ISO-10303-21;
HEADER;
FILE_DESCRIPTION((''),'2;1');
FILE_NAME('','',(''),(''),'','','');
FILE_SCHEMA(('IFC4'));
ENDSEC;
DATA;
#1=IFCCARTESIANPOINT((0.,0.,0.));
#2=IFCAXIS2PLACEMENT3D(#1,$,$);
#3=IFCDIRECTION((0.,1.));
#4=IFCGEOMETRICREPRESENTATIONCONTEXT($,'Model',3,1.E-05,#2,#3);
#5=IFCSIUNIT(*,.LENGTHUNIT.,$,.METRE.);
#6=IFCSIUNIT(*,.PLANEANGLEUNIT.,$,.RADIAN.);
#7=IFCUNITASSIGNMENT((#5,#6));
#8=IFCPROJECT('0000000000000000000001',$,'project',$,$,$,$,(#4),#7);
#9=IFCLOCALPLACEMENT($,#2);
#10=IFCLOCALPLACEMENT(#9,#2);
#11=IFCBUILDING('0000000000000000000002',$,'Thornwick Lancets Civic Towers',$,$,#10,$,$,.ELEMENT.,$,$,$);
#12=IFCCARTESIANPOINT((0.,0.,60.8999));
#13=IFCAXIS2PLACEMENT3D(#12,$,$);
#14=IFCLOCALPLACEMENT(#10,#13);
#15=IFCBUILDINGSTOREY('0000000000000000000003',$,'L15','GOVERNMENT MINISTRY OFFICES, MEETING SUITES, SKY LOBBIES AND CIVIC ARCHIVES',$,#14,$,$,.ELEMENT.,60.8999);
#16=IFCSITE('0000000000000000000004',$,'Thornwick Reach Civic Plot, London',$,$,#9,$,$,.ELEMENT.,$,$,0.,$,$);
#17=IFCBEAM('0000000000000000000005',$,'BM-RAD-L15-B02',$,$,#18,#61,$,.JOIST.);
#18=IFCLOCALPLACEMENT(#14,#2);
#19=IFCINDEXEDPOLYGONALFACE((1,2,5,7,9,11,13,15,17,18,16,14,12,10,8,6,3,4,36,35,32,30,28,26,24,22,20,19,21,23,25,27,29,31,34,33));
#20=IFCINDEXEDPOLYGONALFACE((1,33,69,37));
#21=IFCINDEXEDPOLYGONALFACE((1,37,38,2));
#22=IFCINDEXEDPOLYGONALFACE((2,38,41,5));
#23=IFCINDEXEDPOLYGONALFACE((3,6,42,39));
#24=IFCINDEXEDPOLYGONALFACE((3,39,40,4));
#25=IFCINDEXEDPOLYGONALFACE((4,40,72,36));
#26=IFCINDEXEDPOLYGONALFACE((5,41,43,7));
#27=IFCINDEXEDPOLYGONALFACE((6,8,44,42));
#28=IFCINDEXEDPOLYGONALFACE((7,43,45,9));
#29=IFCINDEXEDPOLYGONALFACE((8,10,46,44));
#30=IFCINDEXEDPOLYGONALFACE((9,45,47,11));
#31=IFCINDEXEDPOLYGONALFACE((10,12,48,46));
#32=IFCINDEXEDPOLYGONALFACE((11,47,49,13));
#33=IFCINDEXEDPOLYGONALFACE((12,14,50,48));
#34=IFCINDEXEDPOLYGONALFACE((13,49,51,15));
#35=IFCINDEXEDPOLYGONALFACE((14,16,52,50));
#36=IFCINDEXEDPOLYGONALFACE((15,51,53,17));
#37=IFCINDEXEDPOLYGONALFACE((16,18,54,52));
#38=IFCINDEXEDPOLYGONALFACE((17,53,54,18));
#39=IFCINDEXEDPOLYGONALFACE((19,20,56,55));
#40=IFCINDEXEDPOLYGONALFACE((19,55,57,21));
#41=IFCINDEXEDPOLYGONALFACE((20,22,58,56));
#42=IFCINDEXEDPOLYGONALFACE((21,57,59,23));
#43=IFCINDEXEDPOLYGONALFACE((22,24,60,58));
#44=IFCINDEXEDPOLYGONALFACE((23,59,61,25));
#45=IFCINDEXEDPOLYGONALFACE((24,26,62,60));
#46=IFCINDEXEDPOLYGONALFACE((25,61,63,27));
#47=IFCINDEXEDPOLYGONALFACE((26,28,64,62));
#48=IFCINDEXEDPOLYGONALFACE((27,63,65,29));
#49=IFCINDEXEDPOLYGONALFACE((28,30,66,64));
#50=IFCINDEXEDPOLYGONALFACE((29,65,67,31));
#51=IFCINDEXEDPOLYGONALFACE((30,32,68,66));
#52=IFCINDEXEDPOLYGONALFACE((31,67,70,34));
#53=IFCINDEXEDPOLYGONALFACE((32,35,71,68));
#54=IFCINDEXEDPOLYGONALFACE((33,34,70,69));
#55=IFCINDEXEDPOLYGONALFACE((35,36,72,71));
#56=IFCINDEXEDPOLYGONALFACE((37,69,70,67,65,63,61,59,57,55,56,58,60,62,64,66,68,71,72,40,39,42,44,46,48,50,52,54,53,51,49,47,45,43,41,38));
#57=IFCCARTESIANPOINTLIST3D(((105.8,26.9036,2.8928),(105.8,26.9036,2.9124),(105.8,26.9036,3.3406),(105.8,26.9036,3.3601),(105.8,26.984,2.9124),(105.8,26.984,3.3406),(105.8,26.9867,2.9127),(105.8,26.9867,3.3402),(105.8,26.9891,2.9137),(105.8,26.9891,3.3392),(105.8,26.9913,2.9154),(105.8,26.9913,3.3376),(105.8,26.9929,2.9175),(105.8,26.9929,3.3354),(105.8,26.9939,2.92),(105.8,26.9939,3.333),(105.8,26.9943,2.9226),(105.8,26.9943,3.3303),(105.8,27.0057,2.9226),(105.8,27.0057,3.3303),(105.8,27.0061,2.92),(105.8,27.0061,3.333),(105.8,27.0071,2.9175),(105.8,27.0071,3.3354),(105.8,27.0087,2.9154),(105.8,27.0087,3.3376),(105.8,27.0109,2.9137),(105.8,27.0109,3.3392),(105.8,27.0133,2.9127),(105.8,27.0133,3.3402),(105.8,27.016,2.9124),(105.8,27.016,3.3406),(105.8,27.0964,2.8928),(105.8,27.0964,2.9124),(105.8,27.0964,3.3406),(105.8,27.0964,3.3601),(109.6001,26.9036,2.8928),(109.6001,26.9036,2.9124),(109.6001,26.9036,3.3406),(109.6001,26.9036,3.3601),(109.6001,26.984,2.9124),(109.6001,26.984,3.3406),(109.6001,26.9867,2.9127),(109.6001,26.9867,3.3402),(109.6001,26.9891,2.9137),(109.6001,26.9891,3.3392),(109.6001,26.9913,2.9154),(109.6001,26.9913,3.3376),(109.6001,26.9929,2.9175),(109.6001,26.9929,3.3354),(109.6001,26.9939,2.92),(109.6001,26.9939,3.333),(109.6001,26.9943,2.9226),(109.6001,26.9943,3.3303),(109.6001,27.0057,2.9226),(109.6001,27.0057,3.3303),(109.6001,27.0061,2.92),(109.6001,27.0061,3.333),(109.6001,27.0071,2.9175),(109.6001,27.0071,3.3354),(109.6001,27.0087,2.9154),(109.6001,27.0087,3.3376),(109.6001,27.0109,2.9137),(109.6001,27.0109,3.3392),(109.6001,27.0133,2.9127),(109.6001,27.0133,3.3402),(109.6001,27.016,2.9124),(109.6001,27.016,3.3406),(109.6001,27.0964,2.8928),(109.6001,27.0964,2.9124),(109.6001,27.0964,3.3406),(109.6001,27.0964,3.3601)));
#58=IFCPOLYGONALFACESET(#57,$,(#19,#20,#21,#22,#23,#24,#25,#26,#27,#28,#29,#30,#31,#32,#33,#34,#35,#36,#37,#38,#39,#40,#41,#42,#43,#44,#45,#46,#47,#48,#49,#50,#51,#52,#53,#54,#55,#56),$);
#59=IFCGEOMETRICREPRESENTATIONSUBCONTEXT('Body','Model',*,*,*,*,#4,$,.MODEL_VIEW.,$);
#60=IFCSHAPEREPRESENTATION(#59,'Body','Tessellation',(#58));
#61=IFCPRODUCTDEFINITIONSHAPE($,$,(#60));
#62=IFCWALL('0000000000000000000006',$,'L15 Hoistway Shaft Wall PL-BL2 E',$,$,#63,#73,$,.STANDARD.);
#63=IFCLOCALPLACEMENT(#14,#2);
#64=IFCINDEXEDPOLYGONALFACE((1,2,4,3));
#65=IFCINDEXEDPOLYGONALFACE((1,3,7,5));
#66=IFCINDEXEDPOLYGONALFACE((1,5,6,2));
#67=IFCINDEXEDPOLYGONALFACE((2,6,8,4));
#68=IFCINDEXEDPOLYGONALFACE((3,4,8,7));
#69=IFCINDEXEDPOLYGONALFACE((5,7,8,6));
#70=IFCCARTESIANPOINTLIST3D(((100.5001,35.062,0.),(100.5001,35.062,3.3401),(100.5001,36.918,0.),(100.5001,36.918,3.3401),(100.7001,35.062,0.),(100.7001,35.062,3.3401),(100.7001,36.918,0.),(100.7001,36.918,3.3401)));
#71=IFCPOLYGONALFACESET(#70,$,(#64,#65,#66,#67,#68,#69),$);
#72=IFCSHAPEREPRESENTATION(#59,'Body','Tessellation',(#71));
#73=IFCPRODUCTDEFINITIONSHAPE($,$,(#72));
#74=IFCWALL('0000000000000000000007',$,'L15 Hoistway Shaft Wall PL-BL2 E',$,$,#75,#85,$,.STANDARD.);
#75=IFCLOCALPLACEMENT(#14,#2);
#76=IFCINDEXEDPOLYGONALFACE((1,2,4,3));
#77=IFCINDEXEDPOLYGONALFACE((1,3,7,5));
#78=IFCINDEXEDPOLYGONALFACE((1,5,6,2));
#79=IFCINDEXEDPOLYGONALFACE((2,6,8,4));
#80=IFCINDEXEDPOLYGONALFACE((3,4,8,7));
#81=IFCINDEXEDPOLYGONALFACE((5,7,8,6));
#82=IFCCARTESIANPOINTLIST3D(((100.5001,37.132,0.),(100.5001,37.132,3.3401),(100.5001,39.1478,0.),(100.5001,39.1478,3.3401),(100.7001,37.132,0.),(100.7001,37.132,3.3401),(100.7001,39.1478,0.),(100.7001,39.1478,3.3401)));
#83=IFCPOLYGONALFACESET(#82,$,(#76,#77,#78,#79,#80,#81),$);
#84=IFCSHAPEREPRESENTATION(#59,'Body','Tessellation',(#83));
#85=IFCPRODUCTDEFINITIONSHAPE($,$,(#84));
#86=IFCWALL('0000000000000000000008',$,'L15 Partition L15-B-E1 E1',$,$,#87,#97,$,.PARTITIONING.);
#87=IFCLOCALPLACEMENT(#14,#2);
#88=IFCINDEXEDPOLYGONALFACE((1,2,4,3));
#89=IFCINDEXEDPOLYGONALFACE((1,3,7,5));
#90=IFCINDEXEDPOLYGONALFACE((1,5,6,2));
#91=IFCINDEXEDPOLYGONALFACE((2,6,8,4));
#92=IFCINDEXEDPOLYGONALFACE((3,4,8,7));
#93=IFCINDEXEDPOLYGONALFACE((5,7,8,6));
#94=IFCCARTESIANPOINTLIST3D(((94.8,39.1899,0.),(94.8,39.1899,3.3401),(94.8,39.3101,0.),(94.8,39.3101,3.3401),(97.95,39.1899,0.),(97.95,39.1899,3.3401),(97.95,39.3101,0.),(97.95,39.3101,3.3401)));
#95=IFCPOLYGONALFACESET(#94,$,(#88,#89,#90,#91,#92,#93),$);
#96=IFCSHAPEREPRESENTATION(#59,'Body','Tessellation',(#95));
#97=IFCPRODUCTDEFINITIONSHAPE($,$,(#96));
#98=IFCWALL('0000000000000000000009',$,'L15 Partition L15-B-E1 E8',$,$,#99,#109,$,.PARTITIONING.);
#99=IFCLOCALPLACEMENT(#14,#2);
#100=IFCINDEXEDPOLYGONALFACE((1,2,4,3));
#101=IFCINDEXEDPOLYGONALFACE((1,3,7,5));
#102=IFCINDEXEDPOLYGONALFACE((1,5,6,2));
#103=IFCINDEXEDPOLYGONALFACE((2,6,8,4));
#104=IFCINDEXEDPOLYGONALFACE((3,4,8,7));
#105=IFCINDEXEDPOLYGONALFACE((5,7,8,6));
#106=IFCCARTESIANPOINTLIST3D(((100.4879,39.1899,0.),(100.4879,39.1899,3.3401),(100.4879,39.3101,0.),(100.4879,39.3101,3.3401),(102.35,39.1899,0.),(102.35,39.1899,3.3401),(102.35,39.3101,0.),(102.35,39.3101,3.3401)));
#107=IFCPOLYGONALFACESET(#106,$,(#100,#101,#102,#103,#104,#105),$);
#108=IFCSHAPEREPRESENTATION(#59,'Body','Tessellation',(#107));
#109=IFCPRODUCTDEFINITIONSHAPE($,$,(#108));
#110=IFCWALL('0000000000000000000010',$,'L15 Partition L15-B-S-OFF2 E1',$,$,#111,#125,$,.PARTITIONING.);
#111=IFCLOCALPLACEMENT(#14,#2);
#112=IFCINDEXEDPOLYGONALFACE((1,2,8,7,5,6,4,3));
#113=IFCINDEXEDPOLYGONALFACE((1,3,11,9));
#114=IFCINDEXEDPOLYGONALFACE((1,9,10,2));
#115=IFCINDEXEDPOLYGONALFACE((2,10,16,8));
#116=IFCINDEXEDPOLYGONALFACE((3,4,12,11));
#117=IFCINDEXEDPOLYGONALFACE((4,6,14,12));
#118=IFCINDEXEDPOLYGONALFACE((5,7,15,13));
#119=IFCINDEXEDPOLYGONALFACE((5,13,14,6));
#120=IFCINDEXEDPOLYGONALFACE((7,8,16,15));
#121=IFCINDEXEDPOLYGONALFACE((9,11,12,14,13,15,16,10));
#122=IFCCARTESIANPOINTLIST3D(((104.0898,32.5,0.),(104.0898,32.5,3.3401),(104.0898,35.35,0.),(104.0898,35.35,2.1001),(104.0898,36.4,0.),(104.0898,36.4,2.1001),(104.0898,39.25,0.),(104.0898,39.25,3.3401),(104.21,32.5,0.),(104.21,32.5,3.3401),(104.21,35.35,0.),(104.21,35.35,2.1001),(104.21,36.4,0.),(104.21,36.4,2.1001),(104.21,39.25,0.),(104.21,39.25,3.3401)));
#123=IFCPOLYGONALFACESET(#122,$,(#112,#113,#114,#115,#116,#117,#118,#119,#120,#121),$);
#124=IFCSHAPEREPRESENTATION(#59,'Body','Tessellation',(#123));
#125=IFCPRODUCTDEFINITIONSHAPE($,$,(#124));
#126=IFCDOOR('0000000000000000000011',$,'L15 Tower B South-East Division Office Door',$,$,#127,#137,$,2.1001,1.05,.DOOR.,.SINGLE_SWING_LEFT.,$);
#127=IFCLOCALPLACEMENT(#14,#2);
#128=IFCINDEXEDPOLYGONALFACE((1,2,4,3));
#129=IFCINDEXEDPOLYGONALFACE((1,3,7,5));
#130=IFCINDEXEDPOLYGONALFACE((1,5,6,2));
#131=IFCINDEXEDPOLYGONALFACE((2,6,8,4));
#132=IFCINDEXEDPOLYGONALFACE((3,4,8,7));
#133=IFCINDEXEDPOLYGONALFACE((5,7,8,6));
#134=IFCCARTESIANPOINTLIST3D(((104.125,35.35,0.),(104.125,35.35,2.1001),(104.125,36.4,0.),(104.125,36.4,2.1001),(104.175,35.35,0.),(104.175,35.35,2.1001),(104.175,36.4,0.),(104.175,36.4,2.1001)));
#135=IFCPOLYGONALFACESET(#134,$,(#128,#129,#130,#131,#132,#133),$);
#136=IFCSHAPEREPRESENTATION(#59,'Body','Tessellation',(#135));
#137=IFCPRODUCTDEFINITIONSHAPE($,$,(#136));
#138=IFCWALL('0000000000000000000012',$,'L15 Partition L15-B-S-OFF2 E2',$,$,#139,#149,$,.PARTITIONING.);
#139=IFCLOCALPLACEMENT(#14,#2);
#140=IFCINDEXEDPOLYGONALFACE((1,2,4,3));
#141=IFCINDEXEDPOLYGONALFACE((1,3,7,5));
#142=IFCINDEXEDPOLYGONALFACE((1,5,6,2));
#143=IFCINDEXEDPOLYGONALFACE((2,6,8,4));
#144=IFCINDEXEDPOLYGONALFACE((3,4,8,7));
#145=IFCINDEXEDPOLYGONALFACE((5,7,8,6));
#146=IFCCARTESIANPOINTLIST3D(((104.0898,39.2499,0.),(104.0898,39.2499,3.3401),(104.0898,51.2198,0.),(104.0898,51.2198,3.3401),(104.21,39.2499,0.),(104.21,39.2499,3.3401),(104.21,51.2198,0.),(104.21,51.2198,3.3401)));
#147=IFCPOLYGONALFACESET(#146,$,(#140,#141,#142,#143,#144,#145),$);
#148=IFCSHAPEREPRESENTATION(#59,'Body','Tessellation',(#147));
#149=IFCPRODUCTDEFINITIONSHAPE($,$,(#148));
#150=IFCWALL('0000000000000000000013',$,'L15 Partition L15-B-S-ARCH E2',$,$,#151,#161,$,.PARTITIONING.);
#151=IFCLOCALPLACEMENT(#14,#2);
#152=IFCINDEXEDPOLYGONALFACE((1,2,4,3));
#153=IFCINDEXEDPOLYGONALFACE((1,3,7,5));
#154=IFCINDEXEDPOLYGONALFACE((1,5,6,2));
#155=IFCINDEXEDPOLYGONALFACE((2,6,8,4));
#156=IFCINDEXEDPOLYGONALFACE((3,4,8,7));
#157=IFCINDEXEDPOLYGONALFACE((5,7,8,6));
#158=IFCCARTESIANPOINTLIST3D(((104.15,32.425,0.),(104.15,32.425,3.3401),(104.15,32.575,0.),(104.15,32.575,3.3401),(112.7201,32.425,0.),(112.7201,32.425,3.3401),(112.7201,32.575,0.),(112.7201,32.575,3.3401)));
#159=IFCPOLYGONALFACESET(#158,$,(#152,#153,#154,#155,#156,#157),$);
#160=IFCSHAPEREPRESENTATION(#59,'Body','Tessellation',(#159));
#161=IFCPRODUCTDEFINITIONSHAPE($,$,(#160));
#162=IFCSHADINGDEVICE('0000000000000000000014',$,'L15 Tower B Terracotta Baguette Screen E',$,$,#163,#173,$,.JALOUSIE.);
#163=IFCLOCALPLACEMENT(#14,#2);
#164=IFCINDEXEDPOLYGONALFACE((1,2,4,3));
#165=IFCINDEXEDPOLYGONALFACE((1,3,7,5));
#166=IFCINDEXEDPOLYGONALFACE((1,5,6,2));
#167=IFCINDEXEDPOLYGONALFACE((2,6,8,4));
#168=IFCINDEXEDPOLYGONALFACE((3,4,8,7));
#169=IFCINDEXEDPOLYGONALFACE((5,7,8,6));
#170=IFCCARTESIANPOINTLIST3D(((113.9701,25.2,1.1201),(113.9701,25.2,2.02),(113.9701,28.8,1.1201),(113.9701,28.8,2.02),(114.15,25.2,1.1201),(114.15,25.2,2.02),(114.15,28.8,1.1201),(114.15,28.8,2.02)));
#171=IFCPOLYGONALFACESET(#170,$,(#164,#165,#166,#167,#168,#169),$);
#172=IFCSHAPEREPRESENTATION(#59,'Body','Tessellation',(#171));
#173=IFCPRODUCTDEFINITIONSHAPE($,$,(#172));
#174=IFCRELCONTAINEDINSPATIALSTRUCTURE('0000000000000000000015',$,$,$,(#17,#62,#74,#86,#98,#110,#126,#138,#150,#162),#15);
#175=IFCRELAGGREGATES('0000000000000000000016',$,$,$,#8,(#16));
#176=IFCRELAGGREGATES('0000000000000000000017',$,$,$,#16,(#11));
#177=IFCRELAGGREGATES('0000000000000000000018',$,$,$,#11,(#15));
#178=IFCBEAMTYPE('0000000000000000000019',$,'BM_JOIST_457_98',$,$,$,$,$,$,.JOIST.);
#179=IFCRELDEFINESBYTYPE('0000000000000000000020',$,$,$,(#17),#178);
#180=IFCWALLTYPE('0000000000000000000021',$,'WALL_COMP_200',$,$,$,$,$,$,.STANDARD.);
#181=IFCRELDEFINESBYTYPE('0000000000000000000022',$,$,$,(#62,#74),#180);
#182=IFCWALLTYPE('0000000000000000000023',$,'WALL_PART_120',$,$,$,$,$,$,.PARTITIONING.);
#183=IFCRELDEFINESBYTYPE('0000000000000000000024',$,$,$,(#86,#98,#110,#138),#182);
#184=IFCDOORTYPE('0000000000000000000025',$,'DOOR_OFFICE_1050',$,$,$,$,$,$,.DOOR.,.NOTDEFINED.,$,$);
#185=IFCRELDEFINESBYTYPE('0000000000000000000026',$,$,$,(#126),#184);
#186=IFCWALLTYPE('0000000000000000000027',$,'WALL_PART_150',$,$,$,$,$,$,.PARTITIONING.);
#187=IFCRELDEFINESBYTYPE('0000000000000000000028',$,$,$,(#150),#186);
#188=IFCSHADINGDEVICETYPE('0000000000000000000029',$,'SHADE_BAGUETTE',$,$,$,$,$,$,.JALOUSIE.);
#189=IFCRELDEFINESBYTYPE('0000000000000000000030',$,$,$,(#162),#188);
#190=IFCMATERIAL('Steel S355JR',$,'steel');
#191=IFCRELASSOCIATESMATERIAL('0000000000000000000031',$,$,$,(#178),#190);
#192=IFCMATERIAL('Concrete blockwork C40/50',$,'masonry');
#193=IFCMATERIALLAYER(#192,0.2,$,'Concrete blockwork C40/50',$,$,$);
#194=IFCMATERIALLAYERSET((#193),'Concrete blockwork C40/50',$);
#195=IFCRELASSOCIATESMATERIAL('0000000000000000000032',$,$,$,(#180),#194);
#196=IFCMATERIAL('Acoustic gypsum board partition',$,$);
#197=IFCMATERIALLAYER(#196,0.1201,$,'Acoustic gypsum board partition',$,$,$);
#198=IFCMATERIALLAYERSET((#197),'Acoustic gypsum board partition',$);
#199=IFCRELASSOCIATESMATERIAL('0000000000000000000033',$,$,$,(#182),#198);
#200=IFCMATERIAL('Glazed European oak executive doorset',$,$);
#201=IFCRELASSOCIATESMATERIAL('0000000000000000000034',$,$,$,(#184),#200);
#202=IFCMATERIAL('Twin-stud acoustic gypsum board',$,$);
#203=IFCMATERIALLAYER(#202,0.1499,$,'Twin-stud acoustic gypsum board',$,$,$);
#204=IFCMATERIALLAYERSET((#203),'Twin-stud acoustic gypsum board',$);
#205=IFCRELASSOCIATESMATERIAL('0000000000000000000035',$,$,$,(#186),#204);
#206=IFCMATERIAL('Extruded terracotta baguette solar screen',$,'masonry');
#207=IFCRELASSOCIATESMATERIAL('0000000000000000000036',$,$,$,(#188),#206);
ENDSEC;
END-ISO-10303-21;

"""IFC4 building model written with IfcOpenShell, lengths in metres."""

from ifc_helpers import new_model, si_unit, direction, frame, frame_2d, origin, origin_2d, place, context, subcontext, project, spatial, rectangle, i_section, extrude, material, layer, layer_set, material_profile, profile_set, type_object, element, fill, save


model = new_model("IFC4")

# Units and contexts
model_context = context("Model", 3, precision=1e-05, world=origin(), true_north=direction((0.0, 1.0)))
body_context = subcontext(model_context, "Body", "Model", "MODEL_VIEW")
ifc_project = project(units=[si_unit("LENGTHUNIT", "METRE"), si_unit("PLANEANGLEUNIT", "RADIAN")], contexts=[model_context])

# Site, building, storey
site_placement = place(None, origin())
site = spatial("IfcSite", under=ifc_project, at=site_placement, Name="Thornwick Reach Civic Plot, London", CompositionType="ELEMENT", RefElevation=0.0)
building_placement = place(site_placement, origin())
building = spatial("IfcBuilding", under=site, at=building_placement, Name="Thornwick Lancets Civic Towers", CompositionType="ELEMENT")
storey_placement = place(building_placement, frame((0.0, 0.0, 60.8999)))
storey = spatial("IfcBuildingStorey", under=building, at=storey_placement, Name="L15", Description="GOVERNMENT MINISTRY OFFICES, MEETING SUITES, SKY LOBBIES AND CIVIC ARCHIVES", CompositionType="ELEMENT", Elevation=60.8999)

# Beam
ifc_material_1 = material(Name="Steel S355JR", Category="steel")
ifc_material_profile_1 = material_profile(ifc_material_1, i_section(OverallWidth=0.1929, OverallDepth=0.4673, WebThickness=0.0115, FlangeThickness=0.0195, FilletRadius=0.0103, at=origin_2d()), Name="UKB 457x191x98")
ifc_profile_set_1 = profile_set([ifc_material_profile_1], Name="Steel S355JR")
beam_type_1 = type_object("IfcBeamType", Name="BM_JOIST_457_98", PredefinedType="JOIST", material=ifc_profile_set_1)
beam_1_placement = place(storey_placement, frame((105.8, 27.0, 3.1265), z_axis=(1.0, 0.0, 0.0), x_axis=(0.0, 1.0, 0.0)))
element("IfcBeam", 1, at=beam_1_placement, inside=storey, type_object=beam_type_1, Name="BM-RAD-L15-B02", PredefinedType="JOIST", context=body_context, shape_type="SweptSolid", body=[
    extrude(i_section(OverallWidth=0.1929, OverallDepth=0.4673, WebThickness=0.0115, FlangeThickness=0.0195, FilletRadius=0.0103, at=origin_2d()), origin(), (0.0, 0.0, 1.0), 3.8),
])

# Walls
ifc_material_2 = material(Name="Concrete blockwork C40/50", Category="masonry")
ifc_layer_1 = layer(ifc_material_2, 0.2, Name="Concrete blockwork C40/50")
ifc_layer_set_1 = layer_set([ifc_layer_1], Name="Concrete blockwork C40/50")
wall_type_1 = type_object("IfcWallType", Name="WALL_COMP_200", PredefinedType="STANDARD", material=ifc_layer_set_1)
wall_1_placement = place(storey_placement, frame((100.6001, 35.062, 0.0), z_axis=(0.0, 0.0, 1.0), x_axis=(0.0, 1.0, 0.0)))
element("IfcWall", 2, at=wall_1_placement, inside=storey, type_object=wall_type_1, Name="L15 Hoistway Shaft Wall PL-BL2 E", PredefinedType="STANDARD", context=body_context, shape_type="SweptSolid", body=[
    extrude(rectangle(XDim=1.856, YDim=0.2, at=frame_2d((0.928, 0.0))), origin(), (0.0, 0.0, 1.0), 3.3401),
])
wall_2_placement = place(storey_placement, frame((100.6001, 37.1321, 0.0), z_axis=(0.0, 0.0, 1.0), x_axis=(0.0, 1.0, 0.0)))
element("IfcWall", 3, at=wall_2_placement, inside=storey, type_object=wall_type_1, Name="L15 Hoistway Shaft Wall PL-BL2 E", PredefinedType="STANDARD", context=body_context, shape_type="SweptSolid", body=[
    extrude(rectangle(XDim=2.0159, YDim=0.2, at=frame_2d((1.0078, 0.0))), origin(), (0.0, 0.0, 1.0), 3.3401),
])
ifc_material_3 = material(Name="Acoustic gypsum board partition")
ifc_layer_2 = layer(ifc_material_3, 0.1201, Name="Acoustic gypsum board partition")
ifc_layer_set_2 = layer_set([ifc_layer_2], Name="Acoustic gypsum board partition")
wall_type_2 = type_object("IfcWallType", Name="WALL_PART_120", PredefinedType="PARTITIONING", material=ifc_layer_set_2)
wall_3_placement = place(storey_placement, frame((97.95, 39.25, 0.0), z_axis=(0.0, 0.0, 1.0), x_axis=(-1.0, 0.0, 0.0)))
element("IfcWall", 4, at=wall_3_placement, inside=storey, type_object=wall_type_2, Name="L15 Partition L15-B-E1 E1", PredefinedType="PARTITIONING", context=body_context, shape_type="SweptSolid", body=[
    extrude(rectangle(XDim=3.1499, YDim=0.1201, at=frame_2d((1.575, 0.0))), origin(), (0.0, 0.0, 1.0), 3.3401),
])
wall_4_placement = place(storey_placement, frame((102.3501, 39.25, 0.0), z_axis=(0.0, 0.0, 1.0), x_axis=(-1.0, 0.0, 0.0)))
element("IfcWall", 5, at=wall_4_placement, inside=storey, type_object=wall_type_2, Name="L15 Partition L15-B-E1 E8", PredefinedType="PARTITIONING", context=body_context, shape_type="SweptSolid", body=[
    extrude(rectangle(XDim=1.8621, YDim=0.1201, at=frame_2d((0.9312, 0.0))), origin(), (0.0, 0.0, 1.0), 3.3401),
])

# Wall, opening, door
wall_5_placement = place(storey_placement, frame((104.1499, 32.5, 0.0), z_axis=(0.0, 0.0, 1.0), x_axis=(0.0, 1.0, 0.0)))
wall_5 = element("IfcWall", 6, at=wall_5_placement, inside=storey, type_object=wall_type_2, Name="L15 Partition L15-B-S-OFF2 E1", PredefinedType="PARTITIONING", context=body_context, shape_type="SweptSolid", body=[
    extrude(rectangle(XDim=6.75, YDim=0.1201, at=frame_2d((3.375, 0.0))), origin(), (0.0, 0.0, 1.0), 3.3401),
])
opening_placement = place(wall_5_placement, frame((2.8501, 0.0, 0.0)))
opening = element("IfcOpeningElement", 7, at=opening_placement, cuts=wall_5, PredefinedType="OPENING", context=body_context, shape_type="SweptSolid", body=[
    extrude(rectangle(XDim=1.05, YDim=2.1001, at=frame_2d((0.5249, 1.05))), frame((0.0, 0.0701, 0.0), z_axis=(0.0, -1.0, 0.0), x_axis=(1.0, 0.0, 0.0)), (0.0, 0.0, 1.0), 0.1401),
])
ifc_material_4 = material(Name="Glazed European oak executive doorset")
door_type = type_object("IfcDoorType", Name="DOOR_OFFICE_1050", OperationType="NOTDEFINED", PredefinedType="DOOR", material=ifc_material_4)
door_placement = place(opening_placement, origin())
door = element("IfcDoor", 8, at=door_placement, inside=storey, type_object=door_type, Name="L15 Tower B South-East Division Office Door", OperationType="SINGLE_SWING_LEFT", OverallHeight=2.1001, OverallWidth=1.05, PredefinedType="DOOR", context=body_context, shape_type="SweptSolid", body=[
    extrude(rectangle(XDim=1.05, YDim=2.1001, at=frame_2d((0.5249, 1.05))), frame((0.0, 0.0249, 0.0), z_axis=(0.0, -1.0, 0.0), x_axis=(1.0, 0.0, 0.0)), (0.0, 0.0, 1.0), 0.05),
])
fill(opening, door)

# Walls
wall_6_placement = place(storey_placement, frame((104.1499, 39.25, 0.0), z_axis=(0.0, 0.0, 1.0), x_axis=(0.0, 1.0, 0.0)))
element("IfcWall", 9, at=wall_6_placement, inside=storey, type_object=wall_type_2, Name="L15 Partition L15-B-S-OFF2 E2", PredefinedType="PARTITIONING", context=body_context, shape_type="SweptSolid", body=[
    extrude(rectangle(XDim=11.97, YDim=0.1201, at=frame_2d((5.9849, 0.0))), origin(), (0.0, 0.0, 1.0), 3.3401),
])
ifc_material_5 = material(Name="Twin-stud acoustic gypsum board")
ifc_layer_3 = layer(ifc_material_5, 0.1499, Name="Twin-stud acoustic gypsum board")
ifc_layer_set_3 = layer_set([ifc_layer_3], Name="Twin-stud acoustic gypsum board")
wall_type_3 = type_object("IfcWallType", Name="WALL_PART_150", PredefinedType="PARTITIONING", material=ifc_layer_set_3)
wall_7_placement = place(storey_placement, frame((104.1499, 32.5, 0.0), z_axis=(0.0, 0.0, 1.0), x_axis=(1.0, 0.0, 0.0)))
element("IfcWall", 10, at=wall_7_placement, inside=storey, type_object=wall_type_3, Name="L15 Partition L15-B-S-ARCH E2", PredefinedType="PARTITIONING", context=body_context, shape_type="SweptSolid", body=[
    extrude(rectangle(XDim=8.5701, YDim=0.1499, at=frame_2d((4.2852, 0.0))), origin(), (0.0, 0.0, 1.0), 3.3401),
])

# Shading device
ifc_material_6 = material(Name="Extruded terracotta baguette solar screen", Category="masonry")
shading_device_type = type_object("IfcShadingDeviceType", Name="SHADE_BAGUETTE", PredefinedType="JALOUSIE", material=ifc_material_6)
shading_device_placement = place(storey_placement, frame((114.0601, 27.0, 1.1201), z_axis=(0.0, 0.0, 1.0), x_axis=(0.0, 1.0, 0.0)))
element("IfcShadingDevice", 11, at=shading_device_placement, inside=storey, type_object=shading_device_type, Name="L15 Tower B Terracotta Baguette Screen E", PredefinedType="JALOUSIE", context=body_context, shape_type="SweptSolid", body=[
    extrude(rectangle(XDim=3.6001, YDim=0.1799, at=origin_2d()), origin(), (0.0, 0.0, 1.0), 0.8999),
])

save(model, "model.ifc")
